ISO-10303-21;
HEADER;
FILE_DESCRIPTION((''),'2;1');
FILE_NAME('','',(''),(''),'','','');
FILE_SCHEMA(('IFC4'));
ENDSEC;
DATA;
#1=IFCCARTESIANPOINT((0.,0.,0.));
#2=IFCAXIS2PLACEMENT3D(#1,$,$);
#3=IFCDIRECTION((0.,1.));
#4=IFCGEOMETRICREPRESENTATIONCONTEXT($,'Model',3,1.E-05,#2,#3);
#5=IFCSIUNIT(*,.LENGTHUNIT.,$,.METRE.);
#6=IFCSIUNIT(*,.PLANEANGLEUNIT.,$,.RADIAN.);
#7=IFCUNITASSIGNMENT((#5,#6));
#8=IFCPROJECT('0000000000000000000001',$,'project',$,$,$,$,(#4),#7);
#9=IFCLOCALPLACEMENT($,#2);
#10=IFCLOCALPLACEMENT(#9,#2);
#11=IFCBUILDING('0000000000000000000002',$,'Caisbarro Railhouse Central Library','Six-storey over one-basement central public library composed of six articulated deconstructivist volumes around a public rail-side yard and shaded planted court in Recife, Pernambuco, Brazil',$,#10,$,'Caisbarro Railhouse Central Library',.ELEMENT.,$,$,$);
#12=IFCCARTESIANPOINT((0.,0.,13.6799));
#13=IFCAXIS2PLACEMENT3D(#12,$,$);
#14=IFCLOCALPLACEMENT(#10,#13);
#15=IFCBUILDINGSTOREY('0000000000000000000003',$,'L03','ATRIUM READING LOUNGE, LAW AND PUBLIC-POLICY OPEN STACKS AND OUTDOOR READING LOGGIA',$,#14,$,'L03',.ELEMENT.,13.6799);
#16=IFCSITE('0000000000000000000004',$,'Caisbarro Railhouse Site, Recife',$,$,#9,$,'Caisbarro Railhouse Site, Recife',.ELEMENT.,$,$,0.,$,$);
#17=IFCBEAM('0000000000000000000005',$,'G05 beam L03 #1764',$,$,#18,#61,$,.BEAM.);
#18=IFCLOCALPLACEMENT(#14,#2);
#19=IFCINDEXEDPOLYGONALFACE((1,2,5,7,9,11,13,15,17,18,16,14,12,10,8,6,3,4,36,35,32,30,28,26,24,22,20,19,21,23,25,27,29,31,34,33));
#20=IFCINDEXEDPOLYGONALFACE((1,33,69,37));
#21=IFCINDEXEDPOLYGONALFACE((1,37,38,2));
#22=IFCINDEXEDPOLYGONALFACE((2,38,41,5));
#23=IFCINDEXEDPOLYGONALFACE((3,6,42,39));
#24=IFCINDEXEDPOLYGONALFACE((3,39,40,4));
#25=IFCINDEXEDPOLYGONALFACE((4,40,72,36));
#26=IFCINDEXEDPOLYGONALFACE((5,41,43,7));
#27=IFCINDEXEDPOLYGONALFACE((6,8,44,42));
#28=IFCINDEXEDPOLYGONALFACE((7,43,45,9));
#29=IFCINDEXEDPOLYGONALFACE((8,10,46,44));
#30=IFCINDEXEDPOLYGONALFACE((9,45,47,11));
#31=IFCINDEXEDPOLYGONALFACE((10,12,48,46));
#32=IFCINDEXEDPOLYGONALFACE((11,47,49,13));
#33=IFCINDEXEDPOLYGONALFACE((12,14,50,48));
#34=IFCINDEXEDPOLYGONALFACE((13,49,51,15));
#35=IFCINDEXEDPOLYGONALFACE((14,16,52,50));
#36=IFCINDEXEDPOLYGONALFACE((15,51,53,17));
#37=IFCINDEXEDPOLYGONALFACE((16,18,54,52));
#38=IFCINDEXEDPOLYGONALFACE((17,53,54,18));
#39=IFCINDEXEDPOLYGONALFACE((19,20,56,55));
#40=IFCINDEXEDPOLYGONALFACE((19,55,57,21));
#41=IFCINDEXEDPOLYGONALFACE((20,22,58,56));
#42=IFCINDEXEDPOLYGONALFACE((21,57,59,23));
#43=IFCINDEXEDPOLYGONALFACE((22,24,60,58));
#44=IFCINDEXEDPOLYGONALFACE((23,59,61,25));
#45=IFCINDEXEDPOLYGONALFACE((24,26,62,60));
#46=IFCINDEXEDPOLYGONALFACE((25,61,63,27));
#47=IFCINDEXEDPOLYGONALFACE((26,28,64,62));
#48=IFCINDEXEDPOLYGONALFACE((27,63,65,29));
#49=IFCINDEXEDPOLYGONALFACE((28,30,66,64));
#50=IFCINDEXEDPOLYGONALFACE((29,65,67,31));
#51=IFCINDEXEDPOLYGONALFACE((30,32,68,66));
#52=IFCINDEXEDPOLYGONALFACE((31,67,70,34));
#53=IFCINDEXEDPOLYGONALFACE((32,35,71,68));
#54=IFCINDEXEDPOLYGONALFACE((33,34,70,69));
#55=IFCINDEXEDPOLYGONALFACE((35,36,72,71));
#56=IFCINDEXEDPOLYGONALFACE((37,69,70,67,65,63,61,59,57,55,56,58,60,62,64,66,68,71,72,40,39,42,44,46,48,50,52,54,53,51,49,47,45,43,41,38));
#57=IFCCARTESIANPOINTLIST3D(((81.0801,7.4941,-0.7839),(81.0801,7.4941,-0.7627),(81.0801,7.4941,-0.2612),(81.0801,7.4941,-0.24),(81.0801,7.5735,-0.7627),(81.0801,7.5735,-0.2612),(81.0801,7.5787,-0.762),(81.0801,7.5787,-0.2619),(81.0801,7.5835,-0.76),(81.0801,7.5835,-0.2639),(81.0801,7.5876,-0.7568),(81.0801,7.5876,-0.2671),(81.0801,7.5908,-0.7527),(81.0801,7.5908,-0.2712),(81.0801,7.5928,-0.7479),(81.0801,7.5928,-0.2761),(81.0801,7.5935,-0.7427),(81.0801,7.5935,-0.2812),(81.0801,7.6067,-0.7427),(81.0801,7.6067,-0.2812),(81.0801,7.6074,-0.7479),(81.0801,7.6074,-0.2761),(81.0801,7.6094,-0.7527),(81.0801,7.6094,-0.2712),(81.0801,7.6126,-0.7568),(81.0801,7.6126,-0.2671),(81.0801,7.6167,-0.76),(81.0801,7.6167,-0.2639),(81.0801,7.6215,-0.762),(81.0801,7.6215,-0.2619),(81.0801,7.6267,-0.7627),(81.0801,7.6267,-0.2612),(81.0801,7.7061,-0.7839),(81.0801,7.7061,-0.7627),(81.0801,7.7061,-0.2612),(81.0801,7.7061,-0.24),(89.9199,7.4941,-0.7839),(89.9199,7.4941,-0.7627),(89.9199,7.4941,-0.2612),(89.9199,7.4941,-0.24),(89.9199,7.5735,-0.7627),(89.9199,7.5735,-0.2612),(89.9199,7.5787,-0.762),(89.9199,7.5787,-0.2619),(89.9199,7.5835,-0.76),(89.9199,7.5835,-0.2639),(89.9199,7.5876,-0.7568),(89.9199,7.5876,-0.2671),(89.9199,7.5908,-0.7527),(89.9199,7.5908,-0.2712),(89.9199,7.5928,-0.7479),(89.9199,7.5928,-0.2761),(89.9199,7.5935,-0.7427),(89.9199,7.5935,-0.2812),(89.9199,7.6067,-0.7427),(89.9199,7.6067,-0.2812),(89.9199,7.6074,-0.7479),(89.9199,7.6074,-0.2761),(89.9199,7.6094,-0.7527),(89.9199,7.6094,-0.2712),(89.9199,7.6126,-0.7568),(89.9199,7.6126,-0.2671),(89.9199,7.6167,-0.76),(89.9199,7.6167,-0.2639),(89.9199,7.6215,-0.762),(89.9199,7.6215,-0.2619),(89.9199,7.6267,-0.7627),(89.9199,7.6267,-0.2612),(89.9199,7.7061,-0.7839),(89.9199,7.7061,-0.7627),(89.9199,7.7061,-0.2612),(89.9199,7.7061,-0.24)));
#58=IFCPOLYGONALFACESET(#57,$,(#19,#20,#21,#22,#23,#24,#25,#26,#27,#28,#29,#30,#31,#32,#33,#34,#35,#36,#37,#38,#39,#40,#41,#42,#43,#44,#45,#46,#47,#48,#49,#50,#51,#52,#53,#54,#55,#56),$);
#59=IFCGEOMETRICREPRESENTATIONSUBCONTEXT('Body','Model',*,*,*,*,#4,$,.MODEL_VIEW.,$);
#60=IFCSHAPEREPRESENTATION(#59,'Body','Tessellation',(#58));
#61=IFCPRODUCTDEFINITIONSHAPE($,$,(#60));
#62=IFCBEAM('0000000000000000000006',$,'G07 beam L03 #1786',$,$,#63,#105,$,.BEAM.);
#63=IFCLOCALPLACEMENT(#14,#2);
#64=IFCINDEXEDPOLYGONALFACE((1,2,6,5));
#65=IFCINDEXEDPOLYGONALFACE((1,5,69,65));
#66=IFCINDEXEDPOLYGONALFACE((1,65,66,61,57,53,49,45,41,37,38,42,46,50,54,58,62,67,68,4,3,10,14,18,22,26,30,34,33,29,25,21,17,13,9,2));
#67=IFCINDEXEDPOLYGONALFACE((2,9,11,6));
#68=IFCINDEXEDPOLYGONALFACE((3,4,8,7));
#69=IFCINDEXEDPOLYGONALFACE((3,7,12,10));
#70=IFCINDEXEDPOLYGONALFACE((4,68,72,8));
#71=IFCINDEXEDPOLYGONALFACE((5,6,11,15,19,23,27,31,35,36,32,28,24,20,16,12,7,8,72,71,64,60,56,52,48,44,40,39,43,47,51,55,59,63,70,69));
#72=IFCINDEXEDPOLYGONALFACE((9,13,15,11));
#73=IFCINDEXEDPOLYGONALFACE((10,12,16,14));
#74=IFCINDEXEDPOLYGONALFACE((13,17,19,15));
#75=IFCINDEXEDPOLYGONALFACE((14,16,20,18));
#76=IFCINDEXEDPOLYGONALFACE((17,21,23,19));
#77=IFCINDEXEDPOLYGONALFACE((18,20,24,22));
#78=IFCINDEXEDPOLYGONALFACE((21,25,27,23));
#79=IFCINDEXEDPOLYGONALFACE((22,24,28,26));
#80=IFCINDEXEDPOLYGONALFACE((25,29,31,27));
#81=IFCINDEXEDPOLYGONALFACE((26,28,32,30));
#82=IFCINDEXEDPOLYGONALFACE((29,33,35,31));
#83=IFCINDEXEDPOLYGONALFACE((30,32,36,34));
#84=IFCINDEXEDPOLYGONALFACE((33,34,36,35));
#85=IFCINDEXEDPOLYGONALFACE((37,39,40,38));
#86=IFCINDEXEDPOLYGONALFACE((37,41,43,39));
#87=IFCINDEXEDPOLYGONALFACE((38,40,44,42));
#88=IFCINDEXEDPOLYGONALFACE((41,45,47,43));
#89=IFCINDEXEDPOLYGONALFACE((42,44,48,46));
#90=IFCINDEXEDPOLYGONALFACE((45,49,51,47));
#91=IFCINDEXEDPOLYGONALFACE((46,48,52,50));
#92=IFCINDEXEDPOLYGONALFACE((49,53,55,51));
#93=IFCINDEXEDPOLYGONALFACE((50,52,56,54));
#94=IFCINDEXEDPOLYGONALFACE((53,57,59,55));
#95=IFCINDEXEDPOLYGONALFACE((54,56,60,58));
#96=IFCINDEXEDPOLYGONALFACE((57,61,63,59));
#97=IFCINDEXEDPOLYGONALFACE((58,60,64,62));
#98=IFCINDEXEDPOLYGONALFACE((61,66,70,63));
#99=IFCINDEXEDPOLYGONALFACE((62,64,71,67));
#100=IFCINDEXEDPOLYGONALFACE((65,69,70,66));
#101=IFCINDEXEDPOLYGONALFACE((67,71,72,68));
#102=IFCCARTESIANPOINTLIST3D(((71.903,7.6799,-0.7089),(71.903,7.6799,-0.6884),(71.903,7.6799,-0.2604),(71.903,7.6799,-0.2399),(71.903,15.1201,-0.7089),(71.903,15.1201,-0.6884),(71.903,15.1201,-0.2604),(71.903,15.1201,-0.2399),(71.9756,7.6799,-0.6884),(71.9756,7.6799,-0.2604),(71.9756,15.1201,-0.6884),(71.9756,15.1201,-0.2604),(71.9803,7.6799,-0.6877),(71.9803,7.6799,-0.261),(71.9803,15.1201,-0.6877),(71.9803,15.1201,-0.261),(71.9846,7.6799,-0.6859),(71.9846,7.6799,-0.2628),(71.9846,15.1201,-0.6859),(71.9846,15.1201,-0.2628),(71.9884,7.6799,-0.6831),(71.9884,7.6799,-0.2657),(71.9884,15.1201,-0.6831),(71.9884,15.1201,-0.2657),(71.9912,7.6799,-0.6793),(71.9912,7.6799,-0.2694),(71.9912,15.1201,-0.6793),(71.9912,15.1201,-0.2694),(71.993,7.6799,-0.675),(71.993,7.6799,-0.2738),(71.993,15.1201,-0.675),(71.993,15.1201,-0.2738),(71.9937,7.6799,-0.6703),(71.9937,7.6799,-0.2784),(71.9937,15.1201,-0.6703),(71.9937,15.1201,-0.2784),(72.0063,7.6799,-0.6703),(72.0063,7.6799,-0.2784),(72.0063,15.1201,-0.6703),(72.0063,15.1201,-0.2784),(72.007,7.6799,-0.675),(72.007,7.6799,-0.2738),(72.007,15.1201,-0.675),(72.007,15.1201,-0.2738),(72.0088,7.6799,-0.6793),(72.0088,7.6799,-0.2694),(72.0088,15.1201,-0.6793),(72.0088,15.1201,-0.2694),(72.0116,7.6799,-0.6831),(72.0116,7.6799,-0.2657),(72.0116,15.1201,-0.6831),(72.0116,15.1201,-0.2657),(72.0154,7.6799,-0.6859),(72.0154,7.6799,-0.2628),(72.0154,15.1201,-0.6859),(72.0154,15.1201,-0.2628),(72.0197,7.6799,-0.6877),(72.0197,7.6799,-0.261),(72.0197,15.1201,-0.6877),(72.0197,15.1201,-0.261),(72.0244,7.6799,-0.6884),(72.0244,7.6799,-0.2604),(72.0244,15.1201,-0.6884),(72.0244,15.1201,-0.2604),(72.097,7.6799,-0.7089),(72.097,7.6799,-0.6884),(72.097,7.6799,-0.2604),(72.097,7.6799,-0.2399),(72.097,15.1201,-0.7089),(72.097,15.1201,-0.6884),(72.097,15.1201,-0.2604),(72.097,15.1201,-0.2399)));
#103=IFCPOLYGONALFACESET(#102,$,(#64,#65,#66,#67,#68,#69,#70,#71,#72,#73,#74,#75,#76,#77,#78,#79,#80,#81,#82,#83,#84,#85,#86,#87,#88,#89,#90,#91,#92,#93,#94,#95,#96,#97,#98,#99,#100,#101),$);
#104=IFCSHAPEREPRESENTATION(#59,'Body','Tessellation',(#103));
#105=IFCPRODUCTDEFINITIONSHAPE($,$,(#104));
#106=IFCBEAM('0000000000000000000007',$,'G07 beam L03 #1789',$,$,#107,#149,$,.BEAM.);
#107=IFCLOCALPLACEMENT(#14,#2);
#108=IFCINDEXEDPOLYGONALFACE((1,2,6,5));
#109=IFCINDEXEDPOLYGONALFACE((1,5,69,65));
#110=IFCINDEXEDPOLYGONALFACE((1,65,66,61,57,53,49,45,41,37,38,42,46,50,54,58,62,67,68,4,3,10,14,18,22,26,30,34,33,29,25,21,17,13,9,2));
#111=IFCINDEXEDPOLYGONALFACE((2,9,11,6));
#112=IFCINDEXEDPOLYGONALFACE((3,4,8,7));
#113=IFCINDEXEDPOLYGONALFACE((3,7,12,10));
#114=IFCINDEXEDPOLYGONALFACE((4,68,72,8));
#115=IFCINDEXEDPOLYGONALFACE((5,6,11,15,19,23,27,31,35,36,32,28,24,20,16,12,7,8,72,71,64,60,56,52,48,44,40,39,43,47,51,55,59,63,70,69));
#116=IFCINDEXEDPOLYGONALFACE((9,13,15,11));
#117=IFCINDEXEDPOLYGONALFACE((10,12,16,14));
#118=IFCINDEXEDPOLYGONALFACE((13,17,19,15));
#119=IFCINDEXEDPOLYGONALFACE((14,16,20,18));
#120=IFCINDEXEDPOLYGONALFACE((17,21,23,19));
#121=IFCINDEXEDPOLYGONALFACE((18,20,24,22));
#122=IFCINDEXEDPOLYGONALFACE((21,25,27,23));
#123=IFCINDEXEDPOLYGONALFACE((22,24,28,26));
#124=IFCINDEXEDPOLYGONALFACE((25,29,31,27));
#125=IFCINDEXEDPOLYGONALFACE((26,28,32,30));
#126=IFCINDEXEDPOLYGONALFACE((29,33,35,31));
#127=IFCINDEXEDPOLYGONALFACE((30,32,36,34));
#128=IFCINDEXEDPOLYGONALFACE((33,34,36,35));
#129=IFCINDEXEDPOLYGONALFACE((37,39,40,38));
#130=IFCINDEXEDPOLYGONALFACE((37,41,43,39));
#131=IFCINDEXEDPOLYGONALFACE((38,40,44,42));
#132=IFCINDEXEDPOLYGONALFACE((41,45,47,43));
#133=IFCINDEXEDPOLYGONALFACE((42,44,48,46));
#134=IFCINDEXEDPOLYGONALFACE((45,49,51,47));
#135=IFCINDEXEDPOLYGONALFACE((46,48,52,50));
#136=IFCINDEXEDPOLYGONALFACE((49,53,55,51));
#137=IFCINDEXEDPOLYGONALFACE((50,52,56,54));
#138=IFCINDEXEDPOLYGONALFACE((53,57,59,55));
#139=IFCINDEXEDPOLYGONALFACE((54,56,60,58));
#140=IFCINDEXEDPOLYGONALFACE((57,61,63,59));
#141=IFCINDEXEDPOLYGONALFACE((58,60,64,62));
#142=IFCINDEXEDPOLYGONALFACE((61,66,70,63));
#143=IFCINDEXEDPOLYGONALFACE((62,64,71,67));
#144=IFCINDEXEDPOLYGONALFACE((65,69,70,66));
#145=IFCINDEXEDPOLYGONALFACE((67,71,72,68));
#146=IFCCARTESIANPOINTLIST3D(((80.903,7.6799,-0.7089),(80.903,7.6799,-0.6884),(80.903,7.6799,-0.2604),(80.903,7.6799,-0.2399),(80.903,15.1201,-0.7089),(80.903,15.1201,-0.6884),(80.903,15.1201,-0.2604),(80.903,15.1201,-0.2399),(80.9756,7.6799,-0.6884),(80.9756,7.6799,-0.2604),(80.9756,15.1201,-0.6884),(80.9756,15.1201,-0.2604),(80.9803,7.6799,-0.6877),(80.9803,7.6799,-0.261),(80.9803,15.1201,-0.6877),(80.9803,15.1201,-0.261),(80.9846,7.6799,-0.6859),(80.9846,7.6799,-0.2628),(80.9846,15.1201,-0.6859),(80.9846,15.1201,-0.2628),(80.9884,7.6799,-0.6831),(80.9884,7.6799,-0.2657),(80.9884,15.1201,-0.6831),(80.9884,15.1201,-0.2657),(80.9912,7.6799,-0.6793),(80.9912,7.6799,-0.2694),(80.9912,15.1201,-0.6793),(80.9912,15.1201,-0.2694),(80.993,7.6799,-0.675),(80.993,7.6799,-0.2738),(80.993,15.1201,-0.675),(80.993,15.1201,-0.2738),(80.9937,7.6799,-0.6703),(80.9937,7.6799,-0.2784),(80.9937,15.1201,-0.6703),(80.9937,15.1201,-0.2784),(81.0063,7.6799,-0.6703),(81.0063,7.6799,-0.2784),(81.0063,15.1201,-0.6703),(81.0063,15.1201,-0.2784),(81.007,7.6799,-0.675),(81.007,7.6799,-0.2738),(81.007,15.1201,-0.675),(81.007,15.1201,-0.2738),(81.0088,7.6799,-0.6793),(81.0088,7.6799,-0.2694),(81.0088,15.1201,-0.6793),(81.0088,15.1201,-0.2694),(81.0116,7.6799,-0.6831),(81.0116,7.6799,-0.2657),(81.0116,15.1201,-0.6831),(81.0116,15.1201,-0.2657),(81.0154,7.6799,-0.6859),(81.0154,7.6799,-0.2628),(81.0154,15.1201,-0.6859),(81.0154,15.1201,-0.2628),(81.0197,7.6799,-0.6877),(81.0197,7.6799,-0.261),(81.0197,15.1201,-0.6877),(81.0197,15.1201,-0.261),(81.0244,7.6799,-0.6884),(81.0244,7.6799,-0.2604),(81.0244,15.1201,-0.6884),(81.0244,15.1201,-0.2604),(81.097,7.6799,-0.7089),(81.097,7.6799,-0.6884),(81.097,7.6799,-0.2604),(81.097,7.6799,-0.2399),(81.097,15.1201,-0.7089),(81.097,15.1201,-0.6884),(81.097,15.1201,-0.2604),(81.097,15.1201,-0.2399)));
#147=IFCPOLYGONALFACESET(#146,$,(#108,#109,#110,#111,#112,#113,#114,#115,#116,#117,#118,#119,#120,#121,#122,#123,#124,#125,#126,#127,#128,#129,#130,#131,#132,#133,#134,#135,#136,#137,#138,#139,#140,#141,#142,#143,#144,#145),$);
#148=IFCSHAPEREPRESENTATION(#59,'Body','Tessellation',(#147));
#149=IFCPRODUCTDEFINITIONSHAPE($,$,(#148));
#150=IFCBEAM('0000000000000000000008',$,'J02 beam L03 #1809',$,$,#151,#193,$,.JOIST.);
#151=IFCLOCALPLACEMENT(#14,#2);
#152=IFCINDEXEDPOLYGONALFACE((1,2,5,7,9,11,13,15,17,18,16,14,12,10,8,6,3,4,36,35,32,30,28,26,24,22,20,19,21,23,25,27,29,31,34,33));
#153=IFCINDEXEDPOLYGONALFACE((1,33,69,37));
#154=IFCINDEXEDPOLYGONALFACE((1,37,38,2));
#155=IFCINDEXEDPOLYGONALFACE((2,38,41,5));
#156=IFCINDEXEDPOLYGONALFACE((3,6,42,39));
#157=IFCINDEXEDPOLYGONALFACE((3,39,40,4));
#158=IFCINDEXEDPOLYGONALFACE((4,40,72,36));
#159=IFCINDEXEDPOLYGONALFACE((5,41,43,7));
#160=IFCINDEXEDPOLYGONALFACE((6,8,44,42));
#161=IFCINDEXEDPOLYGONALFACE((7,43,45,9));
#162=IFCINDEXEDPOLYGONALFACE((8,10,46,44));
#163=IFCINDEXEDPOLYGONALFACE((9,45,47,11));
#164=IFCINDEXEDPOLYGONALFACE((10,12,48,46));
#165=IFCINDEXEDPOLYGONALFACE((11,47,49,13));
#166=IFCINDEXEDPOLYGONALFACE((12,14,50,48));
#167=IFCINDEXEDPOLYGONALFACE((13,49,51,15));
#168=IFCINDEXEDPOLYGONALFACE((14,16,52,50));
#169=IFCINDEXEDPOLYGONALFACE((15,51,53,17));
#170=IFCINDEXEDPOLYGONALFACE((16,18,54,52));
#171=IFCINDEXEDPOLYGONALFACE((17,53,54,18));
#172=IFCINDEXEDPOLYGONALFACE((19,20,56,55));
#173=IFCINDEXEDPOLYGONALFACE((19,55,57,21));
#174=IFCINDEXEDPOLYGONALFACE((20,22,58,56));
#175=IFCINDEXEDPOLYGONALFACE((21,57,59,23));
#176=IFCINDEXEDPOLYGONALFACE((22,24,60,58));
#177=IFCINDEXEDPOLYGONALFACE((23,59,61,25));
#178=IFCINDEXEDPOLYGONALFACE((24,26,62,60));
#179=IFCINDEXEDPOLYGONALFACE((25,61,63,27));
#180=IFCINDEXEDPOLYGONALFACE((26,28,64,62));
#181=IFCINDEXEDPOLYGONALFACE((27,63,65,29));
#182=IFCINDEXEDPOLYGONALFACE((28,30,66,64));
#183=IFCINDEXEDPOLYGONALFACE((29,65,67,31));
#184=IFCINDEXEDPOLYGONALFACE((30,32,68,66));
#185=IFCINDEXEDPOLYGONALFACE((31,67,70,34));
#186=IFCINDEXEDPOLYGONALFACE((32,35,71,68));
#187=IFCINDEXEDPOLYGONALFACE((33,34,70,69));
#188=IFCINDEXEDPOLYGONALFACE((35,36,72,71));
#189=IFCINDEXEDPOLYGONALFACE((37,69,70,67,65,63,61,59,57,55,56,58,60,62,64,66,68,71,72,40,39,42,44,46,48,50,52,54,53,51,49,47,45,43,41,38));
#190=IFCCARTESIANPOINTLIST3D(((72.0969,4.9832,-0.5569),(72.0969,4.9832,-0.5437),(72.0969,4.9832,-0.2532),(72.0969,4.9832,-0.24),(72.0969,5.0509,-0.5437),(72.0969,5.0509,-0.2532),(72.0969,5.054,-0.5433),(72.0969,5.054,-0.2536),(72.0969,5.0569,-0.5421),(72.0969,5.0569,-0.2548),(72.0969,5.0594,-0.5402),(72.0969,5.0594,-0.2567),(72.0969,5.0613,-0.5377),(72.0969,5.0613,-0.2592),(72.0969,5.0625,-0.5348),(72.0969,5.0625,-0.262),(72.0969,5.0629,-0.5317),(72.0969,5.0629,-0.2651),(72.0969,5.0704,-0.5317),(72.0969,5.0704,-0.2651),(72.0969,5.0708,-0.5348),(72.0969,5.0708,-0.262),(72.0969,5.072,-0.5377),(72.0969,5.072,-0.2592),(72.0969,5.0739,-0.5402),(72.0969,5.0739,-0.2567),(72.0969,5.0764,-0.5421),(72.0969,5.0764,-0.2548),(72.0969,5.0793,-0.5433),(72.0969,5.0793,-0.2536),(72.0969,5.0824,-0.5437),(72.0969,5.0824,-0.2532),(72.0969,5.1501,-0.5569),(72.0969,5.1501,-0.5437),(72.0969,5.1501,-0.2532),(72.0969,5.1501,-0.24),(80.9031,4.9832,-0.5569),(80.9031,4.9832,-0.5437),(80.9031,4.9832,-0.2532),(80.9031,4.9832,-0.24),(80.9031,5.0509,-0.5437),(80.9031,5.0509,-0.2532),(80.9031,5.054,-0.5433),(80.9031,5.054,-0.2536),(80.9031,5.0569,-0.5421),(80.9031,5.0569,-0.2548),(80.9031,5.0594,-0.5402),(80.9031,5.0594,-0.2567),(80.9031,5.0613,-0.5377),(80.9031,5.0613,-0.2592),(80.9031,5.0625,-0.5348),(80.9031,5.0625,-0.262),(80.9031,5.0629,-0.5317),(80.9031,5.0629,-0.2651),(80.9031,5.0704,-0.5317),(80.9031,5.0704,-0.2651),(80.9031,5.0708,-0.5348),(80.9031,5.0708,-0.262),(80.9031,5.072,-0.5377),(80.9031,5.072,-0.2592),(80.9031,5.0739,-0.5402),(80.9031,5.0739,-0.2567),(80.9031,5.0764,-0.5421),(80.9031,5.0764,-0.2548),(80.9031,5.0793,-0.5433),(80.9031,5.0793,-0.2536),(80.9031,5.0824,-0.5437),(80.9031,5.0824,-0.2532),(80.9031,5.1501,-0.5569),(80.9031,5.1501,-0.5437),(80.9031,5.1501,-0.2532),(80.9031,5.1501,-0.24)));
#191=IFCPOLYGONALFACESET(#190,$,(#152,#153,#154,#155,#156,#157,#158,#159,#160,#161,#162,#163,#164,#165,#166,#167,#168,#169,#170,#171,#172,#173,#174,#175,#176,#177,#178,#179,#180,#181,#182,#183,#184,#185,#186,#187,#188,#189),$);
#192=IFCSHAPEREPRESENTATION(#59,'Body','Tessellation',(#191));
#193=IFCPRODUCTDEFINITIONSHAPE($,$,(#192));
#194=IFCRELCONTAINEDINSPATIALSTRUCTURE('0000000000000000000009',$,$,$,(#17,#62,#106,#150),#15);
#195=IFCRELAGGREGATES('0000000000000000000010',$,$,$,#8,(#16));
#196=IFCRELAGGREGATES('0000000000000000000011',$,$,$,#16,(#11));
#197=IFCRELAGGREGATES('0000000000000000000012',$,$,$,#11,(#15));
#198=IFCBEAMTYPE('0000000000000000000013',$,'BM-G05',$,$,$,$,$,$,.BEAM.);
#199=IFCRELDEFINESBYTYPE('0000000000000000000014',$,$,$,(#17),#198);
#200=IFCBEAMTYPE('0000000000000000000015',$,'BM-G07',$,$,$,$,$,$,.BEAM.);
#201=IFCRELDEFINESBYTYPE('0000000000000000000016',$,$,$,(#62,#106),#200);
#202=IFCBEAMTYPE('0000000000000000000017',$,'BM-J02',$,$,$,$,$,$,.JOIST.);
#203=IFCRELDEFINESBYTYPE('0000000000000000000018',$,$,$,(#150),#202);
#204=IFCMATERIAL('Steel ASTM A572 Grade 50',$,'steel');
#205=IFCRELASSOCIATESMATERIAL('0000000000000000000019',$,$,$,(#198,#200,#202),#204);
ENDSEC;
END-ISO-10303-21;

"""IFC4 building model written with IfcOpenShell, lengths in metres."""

from ifc_helpers import new_model, si_unit, direction, frame, origin, origin_2d, place, context, subcontext, project, spatial, i_section, extrude, material, material_profile, profile_set, type_object, element, save


model = new_model("IFC4")

# Units and contexts
model_context = context("Model", 3, precision=1e-05, world=origin(), true_north=direction((0.0, 1.0)))
body_context = subcontext(model_context, "Body", "Model", "MODEL_VIEW")
ifc_project = project(units=[si_unit("LENGTHUNIT", "METRE"), si_unit("PLANEANGLEUNIT", "RADIAN")], contexts=[model_context])

# Site, building, storey
site_placement = place(None, origin())
site = spatial("IfcSite", under=ifc_project, at=site_placement, Name="Caisbarro Railhouse Site, Recife", LongName="Caisbarro Railhouse Site, Recife", CompositionType="ELEMENT", RefElevation=0.0)
building_placement = place(site_placement, origin())
building = spatial("IfcBuilding", under=site, at=building_placement, Name="Caisbarro Railhouse Central Library", Description="Six-storey over one-basement central public library composed of six articulated deconstructivist volumes around a public rail-side yard and shaded planted court in Recife, Pernambuco, Brazil", LongName="Caisbarro Railhouse Central Library", CompositionType="ELEMENT")
storey_placement = place(building_placement, frame((0.0, 0.0, 13.6799)))
storey = spatial("IfcBuildingStorey", under=building, at=storey_placement, Name="L03", Description="ATRIUM READING LOUNGE, LAW AND PUBLIC-POLICY OPEN STACKS AND OUTDOOR READING LOGGIA", LongName="L03", CompositionType="ELEMENT", Elevation=13.6799)

# Shared definitions
ifc_material_1 = material(Name="Steel ASTM A572 Grade 50", Category="steel")

# Beams
ifc_material_profile_1 = material_profile(ifc_material_1, i_section(OverallWidth=0.2119, OverallDepth=0.5439, WebThickness=0.0132, FlangeThickness=0.0212, FilletRadius=0.02, at=origin_2d()), Name="W530X123.0")
ifc_profile_set_1 = profile_set([ifc_material_profile_1], Name="Steel ASTM A572 Grade 50")
beam_type_1 = type_object("IfcBeamType", Name="BM-G05", PredefinedType="BEAM", material=ifc_profile_set_1)
for number, where, z_axis, x_axis, name in (
    (1, (81.0801, 7.6001, -0.512), (1.0, 0.0, 0.0), (0.0, 1.0, 0.0), "G05 beam L03 #1764"),
):
    element("IfcBeam", number, at=place(storey_placement, frame(where, z_axis=z_axis, x_axis=x_axis)), inside=storey, type_object=beam_type_1, Name=name, PredefinedType="BEAM", context=body_context, shape_type="SweptSolid", body=[
        extrude(i_section(OverallWidth=0.2119, OverallDepth=0.5439, WebThickness=0.0132, FlangeThickness=0.0212, FilletRadius=0.02, at=origin_2d()), origin(), (0.0, 0.0, 1.0), 8.8398),
    ])
ifc_material_profile_2 = material_profile(ifc_material_1, i_section(OverallWidth=0.1941, OverallDepth=0.469, WebThickness=0.0127, FlangeThickness=0.0205, FilletRadius=0.0181, at=origin_2d()), Name="W460X106.0")
ifc_profile_set_2 = profile_set([ifc_material_profile_2], Name="Steel ASTM A572 Grade 50")
beam_type_2 = type_object("IfcBeamType", Name="BM-G07", PredefinedType="BEAM", material=ifc_profile_set_2)
for number, where, z_axis, x_axis, name in (
    (2, (72.0, 7.6799, -0.4744), (0.0, 1.0, 0.0), (-1.0, 0.0, 0.0), "G07 beam L03 #1786"),
    (3, (81.0, 7.6799, -0.4744), (0.0, 1.0, 0.0), (-1.0, 0.0, 0.0), "G07 beam L03 #1789"),
):
    element("IfcBeam", number, at=place(storey_placement, frame(where, z_axis=z_axis, x_axis=x_axis)), inside=storey, type_object=beam_type_2, Name=name, PredefinedType="BEAM", context=body_context, shape_type="SweptSolid", body=[
        extrude(i_section(OverallWidth=0.1941, OverallDepth=0.469, WebThickness=0.0127, FlangeThickness=0.0205, FilletRadius=0.0181, at=origin_2d()), origin(), (0.0, 0.0, 1.0), 7.4402),
    ])
ifc_material_profile_3 = material_profile(ifc_material_1, i_section(OverallWidth=0.167, OverallDepth=0.3169, WebThickness=0.0076, FlangeThickness=0.0132, FilletRadius=0.012, at=origin_2d()), Name="W310X52.0")
ifc_profile_set_3 = profile_set([ifc_material_profile_3], Name="Steel ASTM A572 Grade 50")
beam_type_3 = type_object("IfcBeamType", Name="BM-J02", PredefinedType="JOIST", material=ifc_profile_set_3)
for number, where, z_axis, x_axis, name in (
    (4, (72.0969, 5.0667, -0.3984), (1.0, 0.0, 0.0), (0.0, 1.0, 0.0), "J02 beam L03 #1809"),
):
    element("IfcBeam", number, at=place(storey_placement, frame(where, z_axis=z_axis, x_axis=x_axis)), inside=storey, type_object=beam_type_3, Name=name, PredefinedType="JOIST", context=body_context, shape_type="SweptSolid", body=[
        extrude(i_section(OverallWidth=0.167, OverallDepth=0.3169, WebThickness=0.0076, FlangeThickness=0.0132, FilletRadius=0.012, at=origin_2d()), origin(), (0.0, 0.0, 1.0), 8.8062),
    ])

save(model, "model.ifc")
